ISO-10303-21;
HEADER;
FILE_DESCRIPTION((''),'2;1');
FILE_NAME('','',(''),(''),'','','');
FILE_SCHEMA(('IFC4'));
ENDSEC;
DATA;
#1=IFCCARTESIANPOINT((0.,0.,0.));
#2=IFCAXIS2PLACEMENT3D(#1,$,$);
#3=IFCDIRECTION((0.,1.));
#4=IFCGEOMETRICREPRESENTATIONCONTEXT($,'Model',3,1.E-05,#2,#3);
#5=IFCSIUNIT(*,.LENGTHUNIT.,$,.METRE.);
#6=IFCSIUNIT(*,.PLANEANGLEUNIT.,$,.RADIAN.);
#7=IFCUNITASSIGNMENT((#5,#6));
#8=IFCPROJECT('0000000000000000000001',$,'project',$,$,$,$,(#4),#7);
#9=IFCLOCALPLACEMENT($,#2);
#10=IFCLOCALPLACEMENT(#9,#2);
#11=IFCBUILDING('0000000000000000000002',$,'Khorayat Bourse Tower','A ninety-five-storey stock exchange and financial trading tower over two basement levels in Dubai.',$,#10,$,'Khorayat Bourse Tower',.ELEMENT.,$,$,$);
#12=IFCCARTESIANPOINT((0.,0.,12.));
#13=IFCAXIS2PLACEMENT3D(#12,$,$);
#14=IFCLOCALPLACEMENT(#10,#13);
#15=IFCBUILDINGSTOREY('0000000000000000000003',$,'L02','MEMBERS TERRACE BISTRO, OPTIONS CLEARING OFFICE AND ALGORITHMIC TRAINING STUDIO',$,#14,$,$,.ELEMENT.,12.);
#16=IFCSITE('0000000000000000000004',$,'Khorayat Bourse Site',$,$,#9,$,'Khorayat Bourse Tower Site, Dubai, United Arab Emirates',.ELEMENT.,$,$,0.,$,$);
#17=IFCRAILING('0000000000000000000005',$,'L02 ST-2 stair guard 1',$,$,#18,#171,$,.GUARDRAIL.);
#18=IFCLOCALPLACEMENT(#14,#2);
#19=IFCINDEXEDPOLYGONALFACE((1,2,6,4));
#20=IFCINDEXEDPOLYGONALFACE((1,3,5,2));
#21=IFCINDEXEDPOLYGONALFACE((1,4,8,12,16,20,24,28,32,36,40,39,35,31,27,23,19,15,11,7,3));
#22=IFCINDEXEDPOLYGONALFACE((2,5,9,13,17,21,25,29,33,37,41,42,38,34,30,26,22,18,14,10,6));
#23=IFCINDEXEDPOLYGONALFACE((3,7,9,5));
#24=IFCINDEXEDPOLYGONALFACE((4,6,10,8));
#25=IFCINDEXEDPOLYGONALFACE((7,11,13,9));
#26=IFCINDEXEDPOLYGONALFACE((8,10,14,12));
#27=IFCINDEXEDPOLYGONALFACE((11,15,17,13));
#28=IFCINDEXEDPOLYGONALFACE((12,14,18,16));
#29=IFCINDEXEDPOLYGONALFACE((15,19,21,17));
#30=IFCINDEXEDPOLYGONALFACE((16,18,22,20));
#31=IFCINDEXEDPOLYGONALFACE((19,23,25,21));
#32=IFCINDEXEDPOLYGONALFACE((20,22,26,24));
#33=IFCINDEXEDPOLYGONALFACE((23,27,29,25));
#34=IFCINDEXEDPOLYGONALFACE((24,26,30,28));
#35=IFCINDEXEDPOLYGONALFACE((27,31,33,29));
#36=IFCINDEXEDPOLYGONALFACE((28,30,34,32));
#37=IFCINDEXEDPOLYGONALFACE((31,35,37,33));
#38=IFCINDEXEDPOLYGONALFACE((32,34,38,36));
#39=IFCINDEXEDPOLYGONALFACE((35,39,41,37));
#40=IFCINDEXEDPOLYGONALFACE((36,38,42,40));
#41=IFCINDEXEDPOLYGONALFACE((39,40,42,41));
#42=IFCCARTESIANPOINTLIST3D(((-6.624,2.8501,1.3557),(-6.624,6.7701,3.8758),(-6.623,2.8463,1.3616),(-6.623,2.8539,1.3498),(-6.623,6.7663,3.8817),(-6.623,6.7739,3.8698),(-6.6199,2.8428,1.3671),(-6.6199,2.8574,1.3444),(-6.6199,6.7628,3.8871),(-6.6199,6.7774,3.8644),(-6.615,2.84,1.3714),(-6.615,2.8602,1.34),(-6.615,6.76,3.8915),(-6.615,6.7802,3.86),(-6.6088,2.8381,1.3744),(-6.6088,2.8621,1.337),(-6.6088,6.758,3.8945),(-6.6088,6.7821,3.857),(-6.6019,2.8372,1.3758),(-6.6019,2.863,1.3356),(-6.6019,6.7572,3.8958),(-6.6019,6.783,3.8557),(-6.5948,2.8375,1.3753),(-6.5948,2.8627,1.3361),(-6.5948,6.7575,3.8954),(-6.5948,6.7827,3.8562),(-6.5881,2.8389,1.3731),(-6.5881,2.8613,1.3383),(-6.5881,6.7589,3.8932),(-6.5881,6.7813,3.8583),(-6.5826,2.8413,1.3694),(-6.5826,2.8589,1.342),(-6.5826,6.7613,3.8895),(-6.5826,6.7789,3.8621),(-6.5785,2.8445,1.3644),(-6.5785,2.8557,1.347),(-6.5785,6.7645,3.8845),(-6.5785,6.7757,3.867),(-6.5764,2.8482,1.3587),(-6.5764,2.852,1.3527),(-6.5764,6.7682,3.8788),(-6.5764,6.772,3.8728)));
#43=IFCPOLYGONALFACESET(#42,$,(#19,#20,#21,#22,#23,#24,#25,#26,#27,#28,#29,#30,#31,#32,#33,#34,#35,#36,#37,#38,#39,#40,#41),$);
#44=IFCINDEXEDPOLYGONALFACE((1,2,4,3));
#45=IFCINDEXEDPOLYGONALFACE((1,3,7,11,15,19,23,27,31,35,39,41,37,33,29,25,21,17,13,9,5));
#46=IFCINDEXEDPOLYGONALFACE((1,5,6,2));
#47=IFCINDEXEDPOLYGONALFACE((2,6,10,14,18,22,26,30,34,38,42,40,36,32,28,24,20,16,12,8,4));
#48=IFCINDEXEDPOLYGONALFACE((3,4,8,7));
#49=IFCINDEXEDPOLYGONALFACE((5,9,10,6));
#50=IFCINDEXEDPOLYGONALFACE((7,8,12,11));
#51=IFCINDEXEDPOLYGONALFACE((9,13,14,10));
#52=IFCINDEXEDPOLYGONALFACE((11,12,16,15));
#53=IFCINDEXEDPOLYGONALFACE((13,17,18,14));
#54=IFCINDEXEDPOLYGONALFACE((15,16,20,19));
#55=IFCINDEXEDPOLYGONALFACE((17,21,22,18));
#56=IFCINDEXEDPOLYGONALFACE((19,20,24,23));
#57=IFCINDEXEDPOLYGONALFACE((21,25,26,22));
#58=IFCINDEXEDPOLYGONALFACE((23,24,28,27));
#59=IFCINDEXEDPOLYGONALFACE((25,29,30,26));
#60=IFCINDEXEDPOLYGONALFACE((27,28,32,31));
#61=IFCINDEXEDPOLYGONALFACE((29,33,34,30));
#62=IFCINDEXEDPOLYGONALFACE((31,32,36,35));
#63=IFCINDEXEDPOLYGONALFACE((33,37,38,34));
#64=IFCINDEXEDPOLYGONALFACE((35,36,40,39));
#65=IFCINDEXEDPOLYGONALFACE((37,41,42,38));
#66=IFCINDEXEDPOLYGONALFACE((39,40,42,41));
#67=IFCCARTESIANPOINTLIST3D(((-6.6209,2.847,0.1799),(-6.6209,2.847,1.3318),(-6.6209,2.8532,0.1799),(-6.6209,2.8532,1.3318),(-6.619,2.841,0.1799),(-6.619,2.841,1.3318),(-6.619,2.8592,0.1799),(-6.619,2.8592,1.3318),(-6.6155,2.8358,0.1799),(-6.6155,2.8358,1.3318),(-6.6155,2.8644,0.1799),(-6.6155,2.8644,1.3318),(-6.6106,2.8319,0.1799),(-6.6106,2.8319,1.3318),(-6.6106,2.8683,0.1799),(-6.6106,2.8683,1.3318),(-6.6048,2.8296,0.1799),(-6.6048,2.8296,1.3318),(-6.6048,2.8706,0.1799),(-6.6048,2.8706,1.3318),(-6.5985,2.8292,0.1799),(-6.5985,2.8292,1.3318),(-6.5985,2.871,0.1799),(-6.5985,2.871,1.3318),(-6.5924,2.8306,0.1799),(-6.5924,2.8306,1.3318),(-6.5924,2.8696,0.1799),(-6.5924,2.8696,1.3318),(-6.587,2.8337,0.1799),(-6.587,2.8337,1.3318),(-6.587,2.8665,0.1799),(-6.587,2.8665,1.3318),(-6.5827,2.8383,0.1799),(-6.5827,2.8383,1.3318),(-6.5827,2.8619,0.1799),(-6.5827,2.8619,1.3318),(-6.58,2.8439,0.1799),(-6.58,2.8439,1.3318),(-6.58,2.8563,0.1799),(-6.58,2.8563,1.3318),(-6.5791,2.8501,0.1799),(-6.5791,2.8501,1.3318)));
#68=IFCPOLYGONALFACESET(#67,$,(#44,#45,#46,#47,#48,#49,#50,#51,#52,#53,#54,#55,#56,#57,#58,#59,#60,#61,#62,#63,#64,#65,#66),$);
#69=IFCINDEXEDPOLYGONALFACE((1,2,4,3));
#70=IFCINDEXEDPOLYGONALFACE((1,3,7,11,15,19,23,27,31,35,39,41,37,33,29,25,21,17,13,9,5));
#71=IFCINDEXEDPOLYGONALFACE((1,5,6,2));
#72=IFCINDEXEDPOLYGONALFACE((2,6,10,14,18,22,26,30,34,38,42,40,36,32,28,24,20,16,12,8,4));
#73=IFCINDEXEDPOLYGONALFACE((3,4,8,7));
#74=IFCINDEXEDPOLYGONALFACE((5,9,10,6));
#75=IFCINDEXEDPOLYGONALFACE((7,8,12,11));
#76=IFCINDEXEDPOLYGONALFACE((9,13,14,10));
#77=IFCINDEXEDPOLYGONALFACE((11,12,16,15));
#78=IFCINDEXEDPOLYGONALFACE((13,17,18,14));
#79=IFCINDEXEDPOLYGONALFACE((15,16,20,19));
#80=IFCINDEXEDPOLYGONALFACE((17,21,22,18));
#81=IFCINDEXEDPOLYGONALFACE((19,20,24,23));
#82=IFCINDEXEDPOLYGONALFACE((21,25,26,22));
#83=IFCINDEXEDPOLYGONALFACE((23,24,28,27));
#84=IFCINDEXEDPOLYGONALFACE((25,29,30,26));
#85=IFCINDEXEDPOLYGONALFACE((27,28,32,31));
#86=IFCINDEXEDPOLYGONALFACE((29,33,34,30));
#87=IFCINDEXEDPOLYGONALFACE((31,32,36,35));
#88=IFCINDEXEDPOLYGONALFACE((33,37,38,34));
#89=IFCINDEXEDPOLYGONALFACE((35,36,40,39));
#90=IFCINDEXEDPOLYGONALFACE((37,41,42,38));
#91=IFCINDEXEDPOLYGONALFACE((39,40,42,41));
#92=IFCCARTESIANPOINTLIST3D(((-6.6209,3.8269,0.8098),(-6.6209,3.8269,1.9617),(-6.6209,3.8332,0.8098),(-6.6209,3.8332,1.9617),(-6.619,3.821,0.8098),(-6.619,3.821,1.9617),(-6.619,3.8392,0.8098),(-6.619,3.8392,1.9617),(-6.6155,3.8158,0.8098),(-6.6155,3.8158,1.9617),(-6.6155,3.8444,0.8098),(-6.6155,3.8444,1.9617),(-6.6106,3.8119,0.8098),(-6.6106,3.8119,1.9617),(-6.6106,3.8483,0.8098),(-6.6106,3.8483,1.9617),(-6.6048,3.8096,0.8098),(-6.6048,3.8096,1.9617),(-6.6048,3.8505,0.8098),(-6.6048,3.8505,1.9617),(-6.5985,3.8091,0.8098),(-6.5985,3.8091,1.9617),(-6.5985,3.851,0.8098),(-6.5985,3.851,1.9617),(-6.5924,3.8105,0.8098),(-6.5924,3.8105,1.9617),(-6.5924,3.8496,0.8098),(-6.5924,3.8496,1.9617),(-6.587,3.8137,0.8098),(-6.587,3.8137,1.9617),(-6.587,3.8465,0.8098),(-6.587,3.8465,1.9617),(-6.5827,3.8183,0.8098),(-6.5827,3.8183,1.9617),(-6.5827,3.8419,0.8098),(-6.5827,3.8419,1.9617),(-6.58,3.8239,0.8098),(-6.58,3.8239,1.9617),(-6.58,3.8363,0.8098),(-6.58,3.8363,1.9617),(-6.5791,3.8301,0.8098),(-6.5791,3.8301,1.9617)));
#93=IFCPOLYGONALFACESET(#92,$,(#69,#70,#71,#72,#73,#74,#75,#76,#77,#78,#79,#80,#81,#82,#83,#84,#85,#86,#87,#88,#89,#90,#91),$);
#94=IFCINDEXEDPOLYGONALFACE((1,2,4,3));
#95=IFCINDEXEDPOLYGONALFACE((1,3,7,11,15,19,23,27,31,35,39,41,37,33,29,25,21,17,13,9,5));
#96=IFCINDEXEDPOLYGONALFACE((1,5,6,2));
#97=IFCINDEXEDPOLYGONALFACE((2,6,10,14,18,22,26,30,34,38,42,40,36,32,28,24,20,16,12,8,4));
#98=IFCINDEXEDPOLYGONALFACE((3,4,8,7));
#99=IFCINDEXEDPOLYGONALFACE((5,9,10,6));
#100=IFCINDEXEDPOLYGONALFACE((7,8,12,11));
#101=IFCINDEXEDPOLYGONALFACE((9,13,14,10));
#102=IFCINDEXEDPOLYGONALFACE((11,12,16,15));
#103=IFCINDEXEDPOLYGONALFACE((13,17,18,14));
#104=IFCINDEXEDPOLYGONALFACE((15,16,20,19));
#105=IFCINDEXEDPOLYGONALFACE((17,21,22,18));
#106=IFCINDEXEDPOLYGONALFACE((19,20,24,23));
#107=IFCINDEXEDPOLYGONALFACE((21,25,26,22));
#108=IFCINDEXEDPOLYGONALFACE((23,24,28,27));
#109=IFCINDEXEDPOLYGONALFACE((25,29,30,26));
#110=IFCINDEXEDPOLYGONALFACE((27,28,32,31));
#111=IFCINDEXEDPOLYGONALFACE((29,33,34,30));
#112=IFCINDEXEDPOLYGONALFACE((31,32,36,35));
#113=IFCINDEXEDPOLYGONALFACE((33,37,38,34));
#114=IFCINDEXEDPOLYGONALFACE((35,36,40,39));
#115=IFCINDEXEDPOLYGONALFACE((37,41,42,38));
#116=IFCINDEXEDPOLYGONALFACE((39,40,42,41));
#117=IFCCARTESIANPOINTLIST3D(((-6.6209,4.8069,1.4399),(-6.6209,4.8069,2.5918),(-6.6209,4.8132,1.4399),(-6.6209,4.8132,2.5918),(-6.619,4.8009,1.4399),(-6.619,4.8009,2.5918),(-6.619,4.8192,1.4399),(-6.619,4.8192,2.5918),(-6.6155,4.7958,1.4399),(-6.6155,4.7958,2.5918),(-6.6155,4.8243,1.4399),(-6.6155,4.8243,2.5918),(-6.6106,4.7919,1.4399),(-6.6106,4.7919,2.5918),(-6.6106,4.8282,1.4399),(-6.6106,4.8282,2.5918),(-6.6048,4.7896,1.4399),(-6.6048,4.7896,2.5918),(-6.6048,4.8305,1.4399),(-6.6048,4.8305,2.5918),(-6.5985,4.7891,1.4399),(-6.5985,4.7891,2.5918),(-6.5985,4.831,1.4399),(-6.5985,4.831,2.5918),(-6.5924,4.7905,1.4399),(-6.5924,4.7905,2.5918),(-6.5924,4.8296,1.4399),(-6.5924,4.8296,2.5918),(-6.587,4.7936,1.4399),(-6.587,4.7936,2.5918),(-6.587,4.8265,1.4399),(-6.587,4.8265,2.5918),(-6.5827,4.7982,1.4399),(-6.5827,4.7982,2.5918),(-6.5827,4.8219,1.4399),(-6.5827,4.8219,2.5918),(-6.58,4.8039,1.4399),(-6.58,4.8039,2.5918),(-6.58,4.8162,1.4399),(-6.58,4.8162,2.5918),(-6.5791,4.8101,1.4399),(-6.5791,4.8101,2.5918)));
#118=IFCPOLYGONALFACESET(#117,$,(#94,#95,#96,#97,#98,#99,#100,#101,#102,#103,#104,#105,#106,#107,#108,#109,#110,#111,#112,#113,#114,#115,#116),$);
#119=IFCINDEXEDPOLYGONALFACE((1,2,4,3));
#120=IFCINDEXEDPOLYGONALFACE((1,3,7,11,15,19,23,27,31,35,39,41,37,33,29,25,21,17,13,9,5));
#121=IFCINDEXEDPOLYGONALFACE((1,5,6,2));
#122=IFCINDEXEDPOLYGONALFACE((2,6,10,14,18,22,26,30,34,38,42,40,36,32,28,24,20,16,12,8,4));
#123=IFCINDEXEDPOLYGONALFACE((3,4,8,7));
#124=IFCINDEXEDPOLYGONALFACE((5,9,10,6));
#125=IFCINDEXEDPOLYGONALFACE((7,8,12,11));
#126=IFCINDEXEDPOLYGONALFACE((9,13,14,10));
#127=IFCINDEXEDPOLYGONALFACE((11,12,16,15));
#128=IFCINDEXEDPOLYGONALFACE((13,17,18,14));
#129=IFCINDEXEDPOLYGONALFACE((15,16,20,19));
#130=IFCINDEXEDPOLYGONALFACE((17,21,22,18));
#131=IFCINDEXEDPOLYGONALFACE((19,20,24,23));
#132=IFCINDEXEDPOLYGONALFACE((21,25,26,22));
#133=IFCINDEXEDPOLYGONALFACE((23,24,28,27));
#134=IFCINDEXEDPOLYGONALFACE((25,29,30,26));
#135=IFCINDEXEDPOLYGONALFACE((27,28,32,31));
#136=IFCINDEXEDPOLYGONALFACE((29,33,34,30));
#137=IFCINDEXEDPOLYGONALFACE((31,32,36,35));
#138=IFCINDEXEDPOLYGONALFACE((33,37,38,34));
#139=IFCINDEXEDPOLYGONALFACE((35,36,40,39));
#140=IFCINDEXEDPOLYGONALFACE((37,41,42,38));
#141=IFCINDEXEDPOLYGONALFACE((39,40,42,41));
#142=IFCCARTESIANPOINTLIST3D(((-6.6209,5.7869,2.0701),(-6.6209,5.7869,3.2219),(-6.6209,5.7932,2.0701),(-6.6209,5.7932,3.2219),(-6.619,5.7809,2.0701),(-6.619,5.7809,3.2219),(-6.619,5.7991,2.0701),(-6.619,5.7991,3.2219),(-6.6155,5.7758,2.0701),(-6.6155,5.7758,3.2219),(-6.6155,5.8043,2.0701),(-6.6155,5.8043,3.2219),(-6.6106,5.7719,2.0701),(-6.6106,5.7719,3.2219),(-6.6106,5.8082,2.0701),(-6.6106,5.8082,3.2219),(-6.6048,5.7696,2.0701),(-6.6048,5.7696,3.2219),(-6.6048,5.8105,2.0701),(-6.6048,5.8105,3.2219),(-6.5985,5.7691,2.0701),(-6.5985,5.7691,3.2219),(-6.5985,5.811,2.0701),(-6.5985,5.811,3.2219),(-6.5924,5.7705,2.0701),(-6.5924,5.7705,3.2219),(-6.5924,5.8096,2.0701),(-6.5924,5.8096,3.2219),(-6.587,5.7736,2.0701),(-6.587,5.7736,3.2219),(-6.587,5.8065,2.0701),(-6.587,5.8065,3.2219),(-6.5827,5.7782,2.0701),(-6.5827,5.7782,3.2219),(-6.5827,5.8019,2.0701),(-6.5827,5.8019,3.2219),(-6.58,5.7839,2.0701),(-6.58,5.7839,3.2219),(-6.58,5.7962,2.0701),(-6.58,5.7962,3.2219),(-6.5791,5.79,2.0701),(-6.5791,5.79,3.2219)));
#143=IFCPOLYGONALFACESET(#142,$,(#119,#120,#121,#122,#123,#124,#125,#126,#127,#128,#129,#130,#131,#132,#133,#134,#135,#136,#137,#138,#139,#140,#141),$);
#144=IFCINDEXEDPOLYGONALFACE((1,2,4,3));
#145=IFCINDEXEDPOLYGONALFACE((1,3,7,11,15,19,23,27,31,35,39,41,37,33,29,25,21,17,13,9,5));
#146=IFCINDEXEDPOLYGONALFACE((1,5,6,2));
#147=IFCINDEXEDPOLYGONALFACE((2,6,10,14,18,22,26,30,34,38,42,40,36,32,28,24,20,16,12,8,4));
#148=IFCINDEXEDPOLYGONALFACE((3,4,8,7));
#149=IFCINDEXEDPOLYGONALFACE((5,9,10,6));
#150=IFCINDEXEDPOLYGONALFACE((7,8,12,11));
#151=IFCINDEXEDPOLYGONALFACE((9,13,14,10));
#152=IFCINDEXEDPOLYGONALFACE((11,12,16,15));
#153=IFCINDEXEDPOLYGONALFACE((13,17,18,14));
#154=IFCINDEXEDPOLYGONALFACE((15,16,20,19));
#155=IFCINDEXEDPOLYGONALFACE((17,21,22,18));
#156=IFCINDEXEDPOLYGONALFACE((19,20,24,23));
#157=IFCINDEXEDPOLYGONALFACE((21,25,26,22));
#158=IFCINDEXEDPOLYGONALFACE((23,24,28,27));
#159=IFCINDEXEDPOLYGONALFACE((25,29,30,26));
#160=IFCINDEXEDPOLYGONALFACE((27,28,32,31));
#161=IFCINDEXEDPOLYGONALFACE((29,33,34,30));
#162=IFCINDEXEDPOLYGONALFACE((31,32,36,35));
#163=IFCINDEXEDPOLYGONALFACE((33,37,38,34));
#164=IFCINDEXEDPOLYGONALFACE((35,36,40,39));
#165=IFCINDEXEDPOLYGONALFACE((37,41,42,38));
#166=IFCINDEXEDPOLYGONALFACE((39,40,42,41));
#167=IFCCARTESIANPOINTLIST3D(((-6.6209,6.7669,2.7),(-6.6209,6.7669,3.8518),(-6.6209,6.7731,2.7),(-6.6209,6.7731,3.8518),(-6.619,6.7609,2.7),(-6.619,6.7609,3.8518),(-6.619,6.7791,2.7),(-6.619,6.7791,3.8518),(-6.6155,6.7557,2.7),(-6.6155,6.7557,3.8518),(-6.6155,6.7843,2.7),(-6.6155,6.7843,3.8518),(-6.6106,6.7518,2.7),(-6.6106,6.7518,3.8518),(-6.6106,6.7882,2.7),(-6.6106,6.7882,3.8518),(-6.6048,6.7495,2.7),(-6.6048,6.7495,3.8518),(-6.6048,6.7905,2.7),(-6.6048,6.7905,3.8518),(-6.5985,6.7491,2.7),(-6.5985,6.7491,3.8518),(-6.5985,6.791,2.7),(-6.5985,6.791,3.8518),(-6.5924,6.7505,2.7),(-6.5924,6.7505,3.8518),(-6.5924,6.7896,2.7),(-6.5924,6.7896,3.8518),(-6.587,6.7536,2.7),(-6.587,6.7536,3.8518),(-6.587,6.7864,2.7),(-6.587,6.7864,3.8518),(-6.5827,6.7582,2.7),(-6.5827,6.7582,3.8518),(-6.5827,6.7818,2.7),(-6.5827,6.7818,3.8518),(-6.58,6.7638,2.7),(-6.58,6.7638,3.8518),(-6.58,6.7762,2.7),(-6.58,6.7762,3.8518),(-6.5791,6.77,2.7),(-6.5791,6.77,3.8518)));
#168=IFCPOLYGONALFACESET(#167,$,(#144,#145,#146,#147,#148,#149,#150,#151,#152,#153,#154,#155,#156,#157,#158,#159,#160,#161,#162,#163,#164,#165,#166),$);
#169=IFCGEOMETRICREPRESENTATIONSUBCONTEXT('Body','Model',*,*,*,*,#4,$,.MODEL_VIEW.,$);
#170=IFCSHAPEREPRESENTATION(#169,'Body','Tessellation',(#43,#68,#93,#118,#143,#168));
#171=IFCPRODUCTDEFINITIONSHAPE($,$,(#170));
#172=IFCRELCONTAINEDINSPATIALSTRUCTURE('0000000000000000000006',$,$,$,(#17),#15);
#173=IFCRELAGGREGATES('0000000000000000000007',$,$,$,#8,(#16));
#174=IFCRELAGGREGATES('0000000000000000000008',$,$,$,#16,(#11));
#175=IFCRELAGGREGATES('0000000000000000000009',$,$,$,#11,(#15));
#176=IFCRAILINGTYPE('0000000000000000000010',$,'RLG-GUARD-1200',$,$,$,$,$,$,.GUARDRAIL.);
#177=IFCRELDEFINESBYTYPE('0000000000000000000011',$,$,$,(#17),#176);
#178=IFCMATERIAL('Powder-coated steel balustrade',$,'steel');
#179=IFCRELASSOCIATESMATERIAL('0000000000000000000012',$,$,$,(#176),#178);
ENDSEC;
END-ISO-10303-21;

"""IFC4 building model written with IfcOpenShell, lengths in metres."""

from ifc_helpers import new_model, si_unit, direction, frame, origin, origin_2d, place, context, subcontext, project, spatial, circle, extrude, source, transform, mapped, material, type_object, element, save


model = new_model("IFC4")

# Units and contexts
model_context = context("Model", 3, precision=1e-05, world=origin(), true_north=direction((0.0, 1.0)))
body_context = subcontext(model_context, "Body", "Model", "MODEL_VIEW")
ifc_project = project(units=[si_unit("LENGTHUNIT", "METRE"), si_unit("PLANEANGLEUNIT", "RADIAN")], contexts=[model_context])

# Site, building, storey
site_placement = place(None, origin())
site = spatial("IfcSite", under=ifc_project, at=site_placement, Name="Khorayat Bourse Site", LongName="Khorayat Bourse Tower Site, Dubai, United Arab Emirates", CompositionType="ELEMENT", RefElevation=0.0)
building_placement = place(site_placement, origin())
building = spatial("IfcBuilding", under=site, at=building_placement, Name="Khorayat Bourse Tower", Description="A ninety-five-storey stock exchange and financial trading tower over two basement levels in Dubai.", LongName="Khorayat Bourse Tower", CompositionType="ELEMENT")
storey_placement = place(building_placement, frame((0.0, 0.0, 12.0)))
storey = spatial("IfcBuildingStorey", under=building, at=storey_placement, Name="L02", Description="MEMBERS TERRACE BISTRO, OPTIONS CLEARING OFFICE AND ALGORITHMIC TRAINING STUDIO", CompositionType="ELEMENT", Elevation=12.0)

# Railing
ifc_material_1 = material(Name="Powder-coated steel balustrade", Category="steel")
railing_type_1 = type_object("IfcRailingType", Name="RLG-GUARD-1200", PredefinedType="GUARDRAIL", material=ifc_material_1)
shared_shape_1 = source(origin(), body_context, "Body", "SweptSolid", [
    extrude(circle(Radius=0.0239, at=origin_2d()), frame((0.0, 0.0, 1.1758), z_axis=(0.0, 0.841172, 0.540768), x_axis=(-1.0, 0.0, 0.0)), (0.0, 0.0, 1.0), 4.6602),
    extrude(circle(Radius=0.021, at=origin_2d()), origin(), (0.0, 0.0, 1.0), 1.1519),
    extrude(circle(Radius=0.021, at=origin_2d()), frame((0.0, 0.98, 0.6299)), (0.0, 0.0, 1.0), 1.1519),
    extrude(circle(Radius=0.021, at=origin_2d()), frame((0.0, 1.96, 1.26)), (0.0, 0.0, 1.0), 1.1519),
    extrude(circle(Radius=0.021, at=origin_2d()), frame((0.0, 2.9399, 1.8901)), (0.0, 0.0, 1.0), 1.1519),
    extrude(circle(Radius=0.021, at=origin_2d()), frame((0.0, 3.9199, 2.52)), (0.0, 0.0, 1.0), 1.1519),
])
railing_1_placement = place(storey_placement, frame((-6.6001, 2.8501, 0.1799)))
element("IfcRailing", 1, at=railing_1_placement, inside=storey, type_object=railing_type_1, Name="L02 ST-2 stair guard 1", PredefinedType="GUARDRAIL", context=body_context, shape_type="MappedRepresentation", body=[
    mapped(shared_shape_1, transform((0.0, 0.0, 0.0), scale=1.0)),
])

save(model, "model.ifc")
